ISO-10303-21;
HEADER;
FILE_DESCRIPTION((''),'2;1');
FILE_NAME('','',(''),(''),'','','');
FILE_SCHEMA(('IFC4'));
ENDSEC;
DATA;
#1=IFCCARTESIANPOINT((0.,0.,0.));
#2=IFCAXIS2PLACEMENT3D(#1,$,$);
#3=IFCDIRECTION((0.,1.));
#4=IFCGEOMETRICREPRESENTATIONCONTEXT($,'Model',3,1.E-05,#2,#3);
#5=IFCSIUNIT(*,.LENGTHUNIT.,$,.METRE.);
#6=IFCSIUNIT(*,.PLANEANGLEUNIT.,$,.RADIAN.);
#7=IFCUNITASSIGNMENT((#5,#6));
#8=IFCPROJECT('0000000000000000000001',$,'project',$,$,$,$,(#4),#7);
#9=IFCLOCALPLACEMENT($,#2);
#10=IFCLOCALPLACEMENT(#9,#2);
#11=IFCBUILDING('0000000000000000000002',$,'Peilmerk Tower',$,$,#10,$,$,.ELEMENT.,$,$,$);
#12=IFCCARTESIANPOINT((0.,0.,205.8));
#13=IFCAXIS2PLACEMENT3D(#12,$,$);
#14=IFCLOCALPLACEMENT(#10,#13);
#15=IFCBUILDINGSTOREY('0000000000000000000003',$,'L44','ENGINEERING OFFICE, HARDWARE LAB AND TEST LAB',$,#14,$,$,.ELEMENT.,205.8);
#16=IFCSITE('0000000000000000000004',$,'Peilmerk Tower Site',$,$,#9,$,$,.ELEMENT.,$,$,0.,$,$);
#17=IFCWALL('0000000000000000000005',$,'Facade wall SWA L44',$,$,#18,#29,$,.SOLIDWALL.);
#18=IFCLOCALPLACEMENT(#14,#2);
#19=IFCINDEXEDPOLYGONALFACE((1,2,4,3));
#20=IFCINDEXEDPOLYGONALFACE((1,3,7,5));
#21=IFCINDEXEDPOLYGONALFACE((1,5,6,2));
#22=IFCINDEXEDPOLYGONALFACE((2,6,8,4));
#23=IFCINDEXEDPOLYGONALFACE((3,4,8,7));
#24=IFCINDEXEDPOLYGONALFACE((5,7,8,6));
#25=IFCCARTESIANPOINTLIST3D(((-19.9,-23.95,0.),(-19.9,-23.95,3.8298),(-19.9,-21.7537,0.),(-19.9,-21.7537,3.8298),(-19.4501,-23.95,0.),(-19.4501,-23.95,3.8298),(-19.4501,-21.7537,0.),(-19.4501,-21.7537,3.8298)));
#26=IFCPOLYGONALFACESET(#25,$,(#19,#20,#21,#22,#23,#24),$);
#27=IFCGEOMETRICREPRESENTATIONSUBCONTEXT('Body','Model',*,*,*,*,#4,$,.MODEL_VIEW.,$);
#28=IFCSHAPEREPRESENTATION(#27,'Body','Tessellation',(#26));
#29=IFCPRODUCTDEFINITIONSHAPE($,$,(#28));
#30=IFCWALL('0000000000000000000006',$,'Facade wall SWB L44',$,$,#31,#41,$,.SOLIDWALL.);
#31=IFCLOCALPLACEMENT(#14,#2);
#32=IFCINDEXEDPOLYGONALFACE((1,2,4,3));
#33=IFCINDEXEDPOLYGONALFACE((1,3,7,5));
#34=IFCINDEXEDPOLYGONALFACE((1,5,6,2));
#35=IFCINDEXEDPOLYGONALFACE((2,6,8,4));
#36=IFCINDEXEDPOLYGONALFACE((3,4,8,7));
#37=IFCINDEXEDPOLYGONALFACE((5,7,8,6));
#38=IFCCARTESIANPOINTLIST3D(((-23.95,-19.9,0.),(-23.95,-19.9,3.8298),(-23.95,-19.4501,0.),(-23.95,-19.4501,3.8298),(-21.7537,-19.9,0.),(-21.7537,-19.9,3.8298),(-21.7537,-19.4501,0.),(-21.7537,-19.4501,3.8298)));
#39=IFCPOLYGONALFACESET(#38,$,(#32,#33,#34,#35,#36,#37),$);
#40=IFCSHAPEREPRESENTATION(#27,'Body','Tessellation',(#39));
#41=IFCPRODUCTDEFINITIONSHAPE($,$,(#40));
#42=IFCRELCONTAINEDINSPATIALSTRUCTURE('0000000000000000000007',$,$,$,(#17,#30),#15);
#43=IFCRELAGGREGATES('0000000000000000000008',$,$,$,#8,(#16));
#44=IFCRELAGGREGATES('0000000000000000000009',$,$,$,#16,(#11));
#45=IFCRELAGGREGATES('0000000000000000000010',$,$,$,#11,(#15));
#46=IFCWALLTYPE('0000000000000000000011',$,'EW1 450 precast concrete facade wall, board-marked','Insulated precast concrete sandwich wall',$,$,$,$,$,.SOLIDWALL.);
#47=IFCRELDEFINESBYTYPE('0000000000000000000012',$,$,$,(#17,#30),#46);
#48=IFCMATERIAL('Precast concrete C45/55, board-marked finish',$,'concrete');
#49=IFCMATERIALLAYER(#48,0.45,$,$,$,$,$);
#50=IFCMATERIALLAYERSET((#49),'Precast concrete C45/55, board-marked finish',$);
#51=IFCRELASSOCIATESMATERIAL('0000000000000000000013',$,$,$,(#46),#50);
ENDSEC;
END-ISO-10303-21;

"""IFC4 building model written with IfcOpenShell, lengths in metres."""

from ifc_helpers import new_model, si_unit, direction, frame, frame_2d, origin, place, context, subcontext, project, spatial, rectangle, extrude, material, layer, layer_set, type_object, element, save


model = new_model("IFC4")

# Units and contexts
model_context = context("Model", 3, precision=1e-05, world=origin(), true_north=direction((0.0, 1.0)))
body_context = subcontext(model_context, "Body", "Model", "MODEL_VIEW")
ifc_project = project(units=[si_unit("LENGTHUNIT", "METRE"), si_unit("PLANEANGLEUNIT", "RADIAN")], contexts=[model_context])

# Site, building, storey
site_placement = place(None, origin())
site = spatial("IfcSite", under=ifc_project, at=site_placement, Name="Peilmerk Tower Site", CompositionType="ELEMENT", RefElevation=0.0)
building_placement = place(site_placement, origin())
building = spatial("IfcBuilding", under=site, at=building_placement, Name="Peilmerk Tower", CompositionType="ELEMENT")
storey_placement = place(building_placement, frame((0.0, 0.0, 205.8)))
storey = spatial("IfcBuildingStorey", under=building, at=storey_placement, Name="L44", Description="ENGINEERING OFFICE, HARDWARE LAB AND TEST LAB", CompositionType="ELEMENT", Elevation=205.8)

# Shared definitions
ifc_material_1 = material(Name="Precast concrete C45/55, board-marked finish", Category="concrete")
ifc_layer_1 = layer(ifc_material_1, 0.45)
ifc_layer_set_1 = layer_set([ifc_layer_1], Name="Precast concrete C45/55, board-marked finish")
wall_type = type_object("IfcWallType", Name="EW1 450 precast concrete facade wall, board-marked", Description="Insulated precast concrete sandwich wall", PredefinedType="SOLIDWALL", material=ifc_layer_set_1)

# Walls
for number, where, z_axis, x_axis, name in (
    (1, (-19.675, -21.7537, 0.0), (0.0, 0.0, 1.0), (0.0, -1.0, 0.0), "Facade wall SWA L44"),
    (2, (-21.7537, -19.675, 0.0), (0.0, 0.0, 1.0), (-1.0, 0.0, 0.0), "Facade wall SWB L44"),
):
    element("IfcWall", number, at=place(storey_placement, frame(where, z_axis=z_axis, x_axis=x_axis)), inside=storey, type_object=wall_type, Name=name, PredefinedType="SOLIDWALL", context=body_context, shape_type="SweptSolid", body=[
        extrude(rectangle(XDim=2.1963, YDim=0.45, at=frame_2d((1.0981, 0.0))), origin(), (0.0, 0.0, 1.0), 3.8298),
    ])

save(model, "model.ifc")
